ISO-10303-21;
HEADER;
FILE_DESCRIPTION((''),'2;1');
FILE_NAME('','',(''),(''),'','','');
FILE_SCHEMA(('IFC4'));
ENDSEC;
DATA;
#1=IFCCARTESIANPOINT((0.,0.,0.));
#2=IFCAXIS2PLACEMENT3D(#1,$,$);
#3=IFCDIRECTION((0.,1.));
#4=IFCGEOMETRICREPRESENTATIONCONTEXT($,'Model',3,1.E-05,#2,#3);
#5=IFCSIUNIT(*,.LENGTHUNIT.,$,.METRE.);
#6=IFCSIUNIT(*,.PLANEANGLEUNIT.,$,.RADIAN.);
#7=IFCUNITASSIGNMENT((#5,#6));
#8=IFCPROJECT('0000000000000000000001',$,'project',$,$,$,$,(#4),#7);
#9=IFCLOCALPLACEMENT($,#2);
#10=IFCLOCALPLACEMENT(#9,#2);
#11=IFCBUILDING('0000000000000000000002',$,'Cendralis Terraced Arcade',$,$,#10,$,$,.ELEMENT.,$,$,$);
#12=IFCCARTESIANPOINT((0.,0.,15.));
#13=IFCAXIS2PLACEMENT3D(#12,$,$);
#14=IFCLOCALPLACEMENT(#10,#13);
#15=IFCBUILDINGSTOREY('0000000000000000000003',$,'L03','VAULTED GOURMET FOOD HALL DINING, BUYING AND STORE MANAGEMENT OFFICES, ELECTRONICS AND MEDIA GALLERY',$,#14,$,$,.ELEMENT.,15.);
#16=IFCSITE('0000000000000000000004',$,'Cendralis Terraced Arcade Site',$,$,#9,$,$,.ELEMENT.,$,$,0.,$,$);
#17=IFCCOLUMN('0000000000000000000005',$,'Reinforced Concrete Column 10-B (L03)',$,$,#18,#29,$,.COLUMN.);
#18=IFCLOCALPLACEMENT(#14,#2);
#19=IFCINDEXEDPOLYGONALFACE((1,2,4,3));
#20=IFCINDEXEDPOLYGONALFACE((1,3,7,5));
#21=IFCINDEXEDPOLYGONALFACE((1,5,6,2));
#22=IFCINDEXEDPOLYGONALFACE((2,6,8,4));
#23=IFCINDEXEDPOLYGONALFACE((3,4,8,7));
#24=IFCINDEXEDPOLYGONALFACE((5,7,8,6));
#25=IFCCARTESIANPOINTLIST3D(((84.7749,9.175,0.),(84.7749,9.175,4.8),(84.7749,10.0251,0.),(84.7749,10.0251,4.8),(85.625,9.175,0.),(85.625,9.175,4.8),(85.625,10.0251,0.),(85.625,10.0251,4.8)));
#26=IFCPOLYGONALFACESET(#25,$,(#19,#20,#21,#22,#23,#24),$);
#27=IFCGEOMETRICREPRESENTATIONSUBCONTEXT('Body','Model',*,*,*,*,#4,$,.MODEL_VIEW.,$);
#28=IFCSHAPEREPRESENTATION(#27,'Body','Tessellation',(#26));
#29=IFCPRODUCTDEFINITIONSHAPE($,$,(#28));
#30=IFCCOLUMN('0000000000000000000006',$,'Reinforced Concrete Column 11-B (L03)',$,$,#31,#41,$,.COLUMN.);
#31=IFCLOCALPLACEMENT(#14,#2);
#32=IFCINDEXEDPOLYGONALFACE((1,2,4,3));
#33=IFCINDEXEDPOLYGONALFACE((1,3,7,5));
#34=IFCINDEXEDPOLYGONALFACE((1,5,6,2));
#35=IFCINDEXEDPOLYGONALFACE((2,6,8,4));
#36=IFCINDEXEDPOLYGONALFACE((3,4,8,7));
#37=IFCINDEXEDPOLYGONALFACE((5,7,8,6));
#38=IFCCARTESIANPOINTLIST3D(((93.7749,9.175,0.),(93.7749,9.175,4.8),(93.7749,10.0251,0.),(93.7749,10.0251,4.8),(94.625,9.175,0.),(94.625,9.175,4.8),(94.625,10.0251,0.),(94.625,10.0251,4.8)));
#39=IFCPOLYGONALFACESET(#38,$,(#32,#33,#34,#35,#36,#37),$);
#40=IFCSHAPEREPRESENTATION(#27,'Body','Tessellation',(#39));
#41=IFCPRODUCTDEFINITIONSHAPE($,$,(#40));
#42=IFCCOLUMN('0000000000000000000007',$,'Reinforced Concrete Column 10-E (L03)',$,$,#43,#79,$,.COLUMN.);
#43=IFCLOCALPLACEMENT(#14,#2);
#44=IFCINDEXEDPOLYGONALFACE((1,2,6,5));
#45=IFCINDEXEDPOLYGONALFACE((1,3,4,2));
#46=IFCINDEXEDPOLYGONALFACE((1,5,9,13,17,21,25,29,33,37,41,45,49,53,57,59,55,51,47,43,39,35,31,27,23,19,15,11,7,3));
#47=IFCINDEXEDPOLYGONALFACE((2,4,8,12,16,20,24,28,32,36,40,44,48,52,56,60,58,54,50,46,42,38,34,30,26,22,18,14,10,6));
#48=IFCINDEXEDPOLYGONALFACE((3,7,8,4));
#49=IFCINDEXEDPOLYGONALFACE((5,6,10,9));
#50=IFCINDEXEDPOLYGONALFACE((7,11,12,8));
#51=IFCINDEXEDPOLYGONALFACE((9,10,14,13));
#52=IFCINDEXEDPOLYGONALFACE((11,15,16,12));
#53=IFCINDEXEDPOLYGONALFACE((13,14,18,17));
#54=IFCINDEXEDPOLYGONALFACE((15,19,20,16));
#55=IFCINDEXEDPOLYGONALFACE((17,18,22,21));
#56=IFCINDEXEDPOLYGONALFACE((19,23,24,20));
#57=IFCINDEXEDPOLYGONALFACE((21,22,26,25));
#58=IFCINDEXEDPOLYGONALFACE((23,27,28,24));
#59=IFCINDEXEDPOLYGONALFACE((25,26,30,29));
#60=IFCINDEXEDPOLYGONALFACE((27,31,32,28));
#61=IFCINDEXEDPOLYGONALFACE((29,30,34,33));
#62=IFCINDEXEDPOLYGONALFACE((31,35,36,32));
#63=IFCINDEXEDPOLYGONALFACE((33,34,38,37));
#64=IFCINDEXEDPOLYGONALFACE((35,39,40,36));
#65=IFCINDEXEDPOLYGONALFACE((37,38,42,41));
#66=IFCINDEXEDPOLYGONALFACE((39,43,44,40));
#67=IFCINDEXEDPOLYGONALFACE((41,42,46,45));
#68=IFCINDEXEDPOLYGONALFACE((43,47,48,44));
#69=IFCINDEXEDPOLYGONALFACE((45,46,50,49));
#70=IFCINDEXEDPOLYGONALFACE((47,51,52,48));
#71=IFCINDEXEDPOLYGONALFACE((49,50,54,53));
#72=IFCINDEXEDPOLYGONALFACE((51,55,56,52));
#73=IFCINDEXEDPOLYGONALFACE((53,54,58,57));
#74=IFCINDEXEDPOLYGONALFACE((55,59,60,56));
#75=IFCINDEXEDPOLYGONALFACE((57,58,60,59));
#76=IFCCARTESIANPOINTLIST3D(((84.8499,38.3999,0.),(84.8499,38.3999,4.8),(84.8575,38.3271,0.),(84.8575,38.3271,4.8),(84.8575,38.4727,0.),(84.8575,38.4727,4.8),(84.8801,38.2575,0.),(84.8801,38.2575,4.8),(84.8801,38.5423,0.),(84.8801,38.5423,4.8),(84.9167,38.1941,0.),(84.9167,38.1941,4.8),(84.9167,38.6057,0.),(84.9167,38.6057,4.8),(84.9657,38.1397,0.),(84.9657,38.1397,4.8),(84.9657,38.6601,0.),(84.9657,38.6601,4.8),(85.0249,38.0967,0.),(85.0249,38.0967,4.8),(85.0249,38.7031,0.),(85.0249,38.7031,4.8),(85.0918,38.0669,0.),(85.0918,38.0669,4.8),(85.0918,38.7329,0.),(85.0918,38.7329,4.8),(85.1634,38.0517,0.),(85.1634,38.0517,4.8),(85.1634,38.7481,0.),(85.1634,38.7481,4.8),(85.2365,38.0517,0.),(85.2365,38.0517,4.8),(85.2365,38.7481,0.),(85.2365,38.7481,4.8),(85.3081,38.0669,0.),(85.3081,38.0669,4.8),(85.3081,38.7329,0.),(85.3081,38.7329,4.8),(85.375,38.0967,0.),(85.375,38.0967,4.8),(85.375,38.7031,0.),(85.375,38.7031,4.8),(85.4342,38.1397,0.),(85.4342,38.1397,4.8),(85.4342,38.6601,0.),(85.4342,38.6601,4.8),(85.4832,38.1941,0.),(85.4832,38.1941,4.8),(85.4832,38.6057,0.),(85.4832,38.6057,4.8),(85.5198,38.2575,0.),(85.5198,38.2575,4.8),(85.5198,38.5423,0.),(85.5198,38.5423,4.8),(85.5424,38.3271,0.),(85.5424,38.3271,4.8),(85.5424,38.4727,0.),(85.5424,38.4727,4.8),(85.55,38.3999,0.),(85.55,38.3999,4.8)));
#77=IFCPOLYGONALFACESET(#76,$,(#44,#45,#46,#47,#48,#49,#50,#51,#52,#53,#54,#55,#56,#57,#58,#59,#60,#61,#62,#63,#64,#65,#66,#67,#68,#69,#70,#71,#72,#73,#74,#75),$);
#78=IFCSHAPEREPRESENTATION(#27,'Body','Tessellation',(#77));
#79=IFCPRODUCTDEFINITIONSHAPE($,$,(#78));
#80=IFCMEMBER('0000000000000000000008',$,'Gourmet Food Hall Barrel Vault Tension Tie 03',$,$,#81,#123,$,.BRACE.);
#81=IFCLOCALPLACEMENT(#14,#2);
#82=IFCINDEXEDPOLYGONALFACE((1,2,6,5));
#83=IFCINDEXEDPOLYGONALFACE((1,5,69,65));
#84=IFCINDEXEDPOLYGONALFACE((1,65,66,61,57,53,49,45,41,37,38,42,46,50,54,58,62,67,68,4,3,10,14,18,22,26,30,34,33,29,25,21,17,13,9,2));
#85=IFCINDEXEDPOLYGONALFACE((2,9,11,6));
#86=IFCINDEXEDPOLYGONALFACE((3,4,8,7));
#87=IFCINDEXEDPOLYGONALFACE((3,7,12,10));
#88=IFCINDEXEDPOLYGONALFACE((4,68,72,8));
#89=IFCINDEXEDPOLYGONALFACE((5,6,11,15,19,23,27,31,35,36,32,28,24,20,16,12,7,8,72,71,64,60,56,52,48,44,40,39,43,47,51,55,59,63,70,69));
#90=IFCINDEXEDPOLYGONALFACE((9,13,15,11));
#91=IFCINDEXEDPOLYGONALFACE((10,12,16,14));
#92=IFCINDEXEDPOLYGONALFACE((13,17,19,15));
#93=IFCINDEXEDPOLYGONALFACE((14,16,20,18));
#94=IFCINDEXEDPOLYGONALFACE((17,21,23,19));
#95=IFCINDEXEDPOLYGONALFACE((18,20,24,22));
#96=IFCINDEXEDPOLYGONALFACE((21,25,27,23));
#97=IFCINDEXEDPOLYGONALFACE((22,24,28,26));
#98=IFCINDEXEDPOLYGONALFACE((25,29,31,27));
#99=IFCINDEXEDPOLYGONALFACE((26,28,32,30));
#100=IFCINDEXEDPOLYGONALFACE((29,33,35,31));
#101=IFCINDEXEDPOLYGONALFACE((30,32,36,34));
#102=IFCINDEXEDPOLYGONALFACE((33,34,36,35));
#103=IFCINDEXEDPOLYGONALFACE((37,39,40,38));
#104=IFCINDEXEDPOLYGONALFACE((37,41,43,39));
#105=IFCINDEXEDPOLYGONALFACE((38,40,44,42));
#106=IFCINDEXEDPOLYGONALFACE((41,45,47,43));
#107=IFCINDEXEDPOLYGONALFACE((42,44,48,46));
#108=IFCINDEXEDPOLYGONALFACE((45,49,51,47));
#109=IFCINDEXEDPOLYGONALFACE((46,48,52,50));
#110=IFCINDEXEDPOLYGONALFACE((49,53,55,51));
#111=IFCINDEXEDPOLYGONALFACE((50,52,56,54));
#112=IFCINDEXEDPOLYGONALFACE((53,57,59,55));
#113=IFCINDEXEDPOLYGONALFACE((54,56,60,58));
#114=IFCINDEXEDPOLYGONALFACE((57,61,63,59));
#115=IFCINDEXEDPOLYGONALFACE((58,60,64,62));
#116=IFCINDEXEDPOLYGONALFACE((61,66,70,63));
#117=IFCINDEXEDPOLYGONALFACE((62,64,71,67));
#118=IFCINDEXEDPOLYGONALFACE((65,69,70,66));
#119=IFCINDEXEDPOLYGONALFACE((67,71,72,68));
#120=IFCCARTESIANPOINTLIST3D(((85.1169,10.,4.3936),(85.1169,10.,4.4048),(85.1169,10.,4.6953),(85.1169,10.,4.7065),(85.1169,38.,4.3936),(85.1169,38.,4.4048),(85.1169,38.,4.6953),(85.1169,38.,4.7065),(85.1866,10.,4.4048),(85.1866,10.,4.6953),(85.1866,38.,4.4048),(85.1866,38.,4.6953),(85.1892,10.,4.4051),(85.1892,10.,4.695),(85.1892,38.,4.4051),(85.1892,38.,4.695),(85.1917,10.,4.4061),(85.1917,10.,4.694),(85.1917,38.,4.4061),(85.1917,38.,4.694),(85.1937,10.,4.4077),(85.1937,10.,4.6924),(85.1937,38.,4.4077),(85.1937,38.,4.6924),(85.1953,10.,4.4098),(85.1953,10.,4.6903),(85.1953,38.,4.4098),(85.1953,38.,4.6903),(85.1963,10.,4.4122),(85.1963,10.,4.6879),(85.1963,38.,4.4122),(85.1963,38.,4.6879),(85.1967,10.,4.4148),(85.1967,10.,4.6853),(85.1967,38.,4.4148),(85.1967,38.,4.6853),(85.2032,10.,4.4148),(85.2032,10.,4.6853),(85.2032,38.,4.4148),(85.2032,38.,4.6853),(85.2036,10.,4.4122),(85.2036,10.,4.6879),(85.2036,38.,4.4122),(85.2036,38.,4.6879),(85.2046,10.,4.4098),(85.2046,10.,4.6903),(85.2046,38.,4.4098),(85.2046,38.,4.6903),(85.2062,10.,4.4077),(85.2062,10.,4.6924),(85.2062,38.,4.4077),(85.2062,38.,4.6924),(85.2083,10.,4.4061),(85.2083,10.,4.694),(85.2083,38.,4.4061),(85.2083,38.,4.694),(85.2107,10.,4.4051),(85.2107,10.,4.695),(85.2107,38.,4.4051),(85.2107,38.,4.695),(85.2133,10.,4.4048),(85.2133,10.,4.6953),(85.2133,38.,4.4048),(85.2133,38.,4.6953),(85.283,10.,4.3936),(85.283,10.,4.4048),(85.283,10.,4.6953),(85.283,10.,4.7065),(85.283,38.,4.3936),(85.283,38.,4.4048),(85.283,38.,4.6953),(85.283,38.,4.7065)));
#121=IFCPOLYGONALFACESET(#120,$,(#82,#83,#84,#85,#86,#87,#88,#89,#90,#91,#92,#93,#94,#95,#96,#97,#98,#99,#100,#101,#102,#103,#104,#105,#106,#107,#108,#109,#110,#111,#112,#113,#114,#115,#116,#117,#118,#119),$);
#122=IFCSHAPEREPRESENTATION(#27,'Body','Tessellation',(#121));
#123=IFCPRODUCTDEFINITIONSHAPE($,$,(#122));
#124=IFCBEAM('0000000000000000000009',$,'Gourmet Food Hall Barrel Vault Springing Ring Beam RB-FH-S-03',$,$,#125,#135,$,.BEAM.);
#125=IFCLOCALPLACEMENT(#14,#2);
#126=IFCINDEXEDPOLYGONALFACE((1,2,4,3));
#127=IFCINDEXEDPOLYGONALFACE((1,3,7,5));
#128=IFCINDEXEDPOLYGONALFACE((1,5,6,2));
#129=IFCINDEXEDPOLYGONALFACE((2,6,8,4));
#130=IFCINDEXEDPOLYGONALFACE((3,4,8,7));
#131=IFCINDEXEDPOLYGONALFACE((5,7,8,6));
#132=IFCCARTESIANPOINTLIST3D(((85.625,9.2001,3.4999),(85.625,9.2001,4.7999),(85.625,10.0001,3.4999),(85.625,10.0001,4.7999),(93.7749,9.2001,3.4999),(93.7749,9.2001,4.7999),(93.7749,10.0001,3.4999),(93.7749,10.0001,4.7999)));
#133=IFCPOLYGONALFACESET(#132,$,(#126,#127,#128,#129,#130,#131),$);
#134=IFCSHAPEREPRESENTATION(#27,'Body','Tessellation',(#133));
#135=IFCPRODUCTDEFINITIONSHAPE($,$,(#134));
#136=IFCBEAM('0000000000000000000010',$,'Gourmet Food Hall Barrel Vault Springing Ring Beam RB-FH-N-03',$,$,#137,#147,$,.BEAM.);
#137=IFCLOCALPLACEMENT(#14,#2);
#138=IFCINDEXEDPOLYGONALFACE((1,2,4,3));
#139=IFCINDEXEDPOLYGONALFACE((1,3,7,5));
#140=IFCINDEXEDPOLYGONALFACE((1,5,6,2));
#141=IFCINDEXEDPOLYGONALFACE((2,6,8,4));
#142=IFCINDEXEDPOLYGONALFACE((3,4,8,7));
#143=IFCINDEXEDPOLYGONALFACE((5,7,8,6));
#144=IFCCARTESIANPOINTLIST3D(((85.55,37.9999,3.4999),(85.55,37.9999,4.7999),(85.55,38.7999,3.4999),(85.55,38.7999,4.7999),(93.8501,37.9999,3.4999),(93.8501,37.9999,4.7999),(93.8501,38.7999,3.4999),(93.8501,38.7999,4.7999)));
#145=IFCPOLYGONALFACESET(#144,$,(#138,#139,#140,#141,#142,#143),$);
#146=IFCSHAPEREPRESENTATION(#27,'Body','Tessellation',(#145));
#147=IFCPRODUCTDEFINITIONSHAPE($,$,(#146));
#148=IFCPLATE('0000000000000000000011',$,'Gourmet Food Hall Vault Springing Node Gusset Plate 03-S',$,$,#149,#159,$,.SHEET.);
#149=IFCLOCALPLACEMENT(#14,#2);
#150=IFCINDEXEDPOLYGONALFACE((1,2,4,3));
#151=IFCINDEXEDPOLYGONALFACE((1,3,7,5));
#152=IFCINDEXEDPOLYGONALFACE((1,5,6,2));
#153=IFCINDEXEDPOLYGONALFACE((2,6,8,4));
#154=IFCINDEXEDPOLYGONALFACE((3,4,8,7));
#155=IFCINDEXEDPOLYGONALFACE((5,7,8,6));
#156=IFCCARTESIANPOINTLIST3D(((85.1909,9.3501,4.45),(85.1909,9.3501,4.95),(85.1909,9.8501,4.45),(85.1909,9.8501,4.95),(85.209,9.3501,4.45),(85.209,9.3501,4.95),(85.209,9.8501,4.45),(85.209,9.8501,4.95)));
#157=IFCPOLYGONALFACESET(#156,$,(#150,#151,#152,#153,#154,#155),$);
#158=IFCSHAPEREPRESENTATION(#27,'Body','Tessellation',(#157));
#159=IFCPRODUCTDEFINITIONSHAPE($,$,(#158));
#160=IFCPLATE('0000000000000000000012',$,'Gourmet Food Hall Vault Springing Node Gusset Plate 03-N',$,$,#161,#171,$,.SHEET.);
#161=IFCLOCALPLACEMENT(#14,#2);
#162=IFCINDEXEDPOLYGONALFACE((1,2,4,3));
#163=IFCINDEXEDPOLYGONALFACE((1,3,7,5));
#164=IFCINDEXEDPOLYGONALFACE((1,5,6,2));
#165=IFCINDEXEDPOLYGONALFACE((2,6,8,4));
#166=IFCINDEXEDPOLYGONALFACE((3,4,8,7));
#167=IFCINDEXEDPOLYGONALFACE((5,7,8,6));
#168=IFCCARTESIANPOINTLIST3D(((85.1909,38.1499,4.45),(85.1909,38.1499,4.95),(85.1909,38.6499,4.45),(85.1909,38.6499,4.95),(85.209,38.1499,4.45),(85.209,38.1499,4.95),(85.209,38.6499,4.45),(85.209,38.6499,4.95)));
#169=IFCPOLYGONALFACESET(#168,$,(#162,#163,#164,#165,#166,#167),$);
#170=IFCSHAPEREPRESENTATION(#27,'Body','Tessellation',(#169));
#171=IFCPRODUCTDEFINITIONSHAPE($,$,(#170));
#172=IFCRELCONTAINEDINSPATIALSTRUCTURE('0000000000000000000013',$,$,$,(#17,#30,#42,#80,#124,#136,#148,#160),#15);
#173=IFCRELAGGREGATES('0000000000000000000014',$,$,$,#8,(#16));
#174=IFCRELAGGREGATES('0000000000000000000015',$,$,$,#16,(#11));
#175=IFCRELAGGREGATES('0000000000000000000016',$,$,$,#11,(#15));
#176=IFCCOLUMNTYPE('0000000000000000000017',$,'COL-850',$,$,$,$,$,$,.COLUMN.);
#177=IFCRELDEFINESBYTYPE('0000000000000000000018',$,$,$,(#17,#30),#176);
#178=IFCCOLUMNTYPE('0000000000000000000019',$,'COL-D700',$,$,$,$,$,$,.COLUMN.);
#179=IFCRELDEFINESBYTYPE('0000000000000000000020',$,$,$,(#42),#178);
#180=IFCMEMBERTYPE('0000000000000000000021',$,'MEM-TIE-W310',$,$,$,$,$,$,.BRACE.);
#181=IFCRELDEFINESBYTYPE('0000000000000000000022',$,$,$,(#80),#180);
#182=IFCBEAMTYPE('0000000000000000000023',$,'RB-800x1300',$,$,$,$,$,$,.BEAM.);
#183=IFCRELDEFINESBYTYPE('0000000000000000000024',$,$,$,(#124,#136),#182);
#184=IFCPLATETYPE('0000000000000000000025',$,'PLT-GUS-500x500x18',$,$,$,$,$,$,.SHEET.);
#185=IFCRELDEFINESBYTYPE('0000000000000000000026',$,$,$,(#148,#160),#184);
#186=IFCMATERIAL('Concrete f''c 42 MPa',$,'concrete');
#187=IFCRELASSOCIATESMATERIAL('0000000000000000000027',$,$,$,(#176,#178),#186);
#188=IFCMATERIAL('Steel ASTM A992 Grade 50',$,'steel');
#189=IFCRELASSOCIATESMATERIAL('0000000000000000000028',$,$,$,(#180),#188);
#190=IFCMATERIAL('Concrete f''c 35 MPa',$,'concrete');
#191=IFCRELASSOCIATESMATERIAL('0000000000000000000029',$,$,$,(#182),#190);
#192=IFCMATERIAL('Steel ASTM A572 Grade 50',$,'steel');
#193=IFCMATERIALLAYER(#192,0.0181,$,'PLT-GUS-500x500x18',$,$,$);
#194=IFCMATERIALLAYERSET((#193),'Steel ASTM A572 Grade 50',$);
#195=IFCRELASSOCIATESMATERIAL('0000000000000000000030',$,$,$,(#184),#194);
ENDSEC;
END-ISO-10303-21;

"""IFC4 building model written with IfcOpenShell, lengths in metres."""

from ifc_helpers import new_model, si_unit, direction, frame, origin, origin_2d, place, context, subcontext, project, spatial, rectangle, circle, i_section, extrude, material, layer, layer_set, material_profile, profile_set, type_object, element, save


model = new_model("IFC4")

# Units and contexts
model_context = context("Model", 3, precision=1e-05, world=origin(), true_north=direction((0.0, 1.0)))
body_context = subcontext(model_context, "Body", "Model", "MODEL_VIEW")
ifc_project = project(units=[si_unit("LENGTHUNIT", "METRE"), si_unit("PLANEANGLEUNIT", "RADIAN")], contexts=[model_context])

# Site, building, storey
site_placement = place(None, origin())
site = spatial("IfcSite", under=ifc_project, at=site_placement, Name="Cendralis Terraced Arcade Site", CompositionType="ELEMENT", RefElevation=0.0)
building_placement = place(site_placement, origin())
building = spatial("IfcBuilding", under=site, at=building_placement, Name="Cendralis Terraced Arcade", CompositionType="ELEMENT")
storey_placement = place(building_placement, frame((0.0, 0.0, 15.0)))
storey = spatial("IfcBuildingStorey", under=building, at=storey_placement, Name="L03", Description="VAULTED GOURMET FOOD HALL DINING, BUYING AND STORE MANAGEMENT OFFICES, ELECTRONICS AND MEDIA GALLERY", CompositionType="ELEMENT", Elevation=15.0)

# Columns
ifc_material_1 = material(Name="Concrete f'c 42 MPa", Category="concrete")
ifc_material_profile_1 = material_profile(ifc_material_1, rectangle(XDim=0.8501, YDim=0.8501, at=origin_2d()), Name="RC-COL-850x850", Category="LoadBearing")
ifc_profile_set_1 = profile_set([ifc_material_profile_1], Name="Concrete f'c 42 MPa")
column_type_1 = type_object("IfcColumnType", Name="COL-850", PredefinedType="COLUMN", material=ifc_profile_set_1)
for number, where, z_axis, x_axis, name in (
    (1, (85.2, 9.6001, 0.0), (0.0, 0.0, 1.0), (1.0, 0.0, 0.0), "Reinforced Concrete Column 10-B (L03)"),
    (2, (94.2, 9.6001, 0.0), (0.0, 0.0, 1.0), (1.0, 0.0, 0.0), "Reinforced Concrete Column 11-B (L03)"),
):
    element("IfcColumn", number, at=place(storey_placement, frame(where, z_axis=z_axis, x_axis=x_axis)), inside=storey, type_object=column_type_1, Name=name, PredefinedType="COLUMN", context=body_context, shape_type="SweptSolid", body=[
        extrude(rectangle(XDim=0.8501, YDim=0.8501, at=origin_2d()), origin(), (0.0, 0.0, 1.0), 4.8),
    ])
ifc_material_profile_2 = material_profile(ifc_material_1, circle(Radius=0.3501, at=origin_2d()), Name="RC-COL-D700", Category="LoadBearing")
ifc_profile_set_2 = profile_set([ifc_material_profile_2], Name="Concrete f'c 42 MPa")
column_type_2 = type_object("IfcColumnType", Name="COL-D700", PredefinedType="COLUMN", material=ifc_profile_set_2)
column_placement = place(storey_placement, frame((85.2, 38.3999, 0.0), z_axis=(0.0, 0.0, 1.0), x_axis=(1.0, 0.0, 0.0)))
element("IfcColumn", 3, at=column_placement, inside=storey, type_object=column_type_2, Name="Reinforced Concrete Column 10-E (L03)", PredefinedType="COLUMN", context=body_context, shape_type="SweptSolid", body=[
    extrude(circle(Radius=0.3501, at=origin_2d()), origin(), (0.0, 0.0, 1.0), 4.8),
])

# Member
ifc_material_2 = material(Name="Steel ASTM A992 Grade 50", Category="steel")
ifc_material_profile_3 = material_profile(ifc_material_2, i_section(OverallWidth=0.166, OverallDepth=0.313, WebThickness=0.0066, FlangeThickness=0.0112, FilletRadius=0.01, at=origin_2d()), Name="W310X44.5", Category="LoadBearing")
ifc_profile_set_3 = profile_set([ifc_material_profile_3], Name="Steel ASTM A992 Grade 50")
member_type = type_object("IfcMemberType", Name="MEM-TIE-W310", PredefinedType="BRACE", material=ifc_profile_set_3)
member_placement = place(storey_placement, frame((85.2, 10.0, 4.55), z_axis=(0.0, 1.0, 0.0), x_axis=(-1.0, 0.0, 0.0)))
element("IfcMember", 4, at=member_placement, inside=storey, type_object=member_type, Name="Gourmet Food Hall Barrel Vault Tension Tie 03", PredefinedType="BRACE", context=body_context, shape_type="SweptSolid", body=[
    extrude(i_section(OverallWidth=0.166, OverallDepth=0.313, WebThickness=0.0066, FlangeThickness=0.0112, FilletRadius=0.01, at=origin_2d()), origin(), (0.0, 0.0, 1.0), 28.0),
])

# Beams
ifc_material_3 = material(Name="Concrete f'c 35 MPa", Category="concrete")
ifc_material_profile_4 = material_profile(ifc_material_3, rectangle(XDim=0.8, YDim=1.3, at=origin_2d()), Name="RC-RB-800x1300", Category="LoadBearing")
ifc_profile_set_4 = profile_set([ifc_material_profile_4], Name="Concrete f'c 35 MPa")
beam_type = type_object("IfcBeamType", Name="RB-800x1300", PredefinedType="BEAM", material=ifc_profile_set_4)
beam_1_placement = place(storey_placement, frame((85.625, 9.6001, 4.1499), z_axis=(1.0, 0.0, 0.0), x_axis=(0.0, 1.0, 0.0)))
element("IfcBeam", 5, at=beam_1_placement, inside=storey, type_object=beam_type, Name="Gourmet Food Hall Barrel Vault Springing Ring Beam RB-FH-S-03", PredefinedType="BEAM", context=body_context, shape_type="SweptSolid", body=[
    extrude(rectangle(XDim=0.8, YDim=1.3, at=origin_2d()), origin(), (0.0, 0.0, 1.0), 8.1499),
])
beam_2_placement = place(storey_placement, frame((85.55, 38.3999, 4.1499), z_axis=(1.0, 0.0, 0.0), x_axis=(0.0, 1.0, 0.0)))
element("IfcBeam", 6, at=beam_2_placement, inside=storey, type_object=beam_type, Name="Gourmet Food Hall Barrel Vault Springing Ring Beam RB-FH-N-03", PredefinedType="BEAM", context=body_context, shape_type="SweptSolid", body=[
    extrude(rectangle(XDim=0.8, YDim=1.3, at=origin_2d()), origin(), (0.0, 0.0, 1.0), 8.3),
])

# Plates
ifc_material_4 = material(Name="Steel ASTM A572 Grade 50", Category="steel")
ifc_layer_1 = layer(ifc_material_4, 0.0181, Name="PLT-GUS-500x500x18")
ifc_layer_set_1 = layer_set([ifc_layer_1], Name="Steel ASTM A572 Grade 50")
plate_type = type_object("IfcPlateType", Name="PLT-GUS-500x500x18", PredefinedType="SHEET", material=ifc_layer_set_1)
for number, where, z_axis, x_axis, name in (
    (7, (85.2, 9.6001, 4.45), (0.0, 0.0, 1.0), (0.0, 1.0, 0.0), "Gourmet Food Hall Vault Springing Node Gusset Plate 03-S"),
    (8, (85.2, 38.3999, 4.45), (0.0, 0.0, 1.0), (0.0, 1.0, 0.0), "Gourmet Food Hall Vault Springing Node Gusset Plate 03-N"),
):
    element("IfcPlate", number, at=place(storey_placement, frame(where, z_axis=z_axis, x_axis=x_axis)), inside=storey, type_object=plate_type, Name=name, PredefinedType="SHEET", context=body_context, shape_type="SweptSolid", body=[
        extrude(rectangle(XDim=0.5, YDim=0.0181, at=origin_2d()), origin(), (0.0, 0.0, 1.0), 0.5),
    ])

save(model, "model.ifc")
